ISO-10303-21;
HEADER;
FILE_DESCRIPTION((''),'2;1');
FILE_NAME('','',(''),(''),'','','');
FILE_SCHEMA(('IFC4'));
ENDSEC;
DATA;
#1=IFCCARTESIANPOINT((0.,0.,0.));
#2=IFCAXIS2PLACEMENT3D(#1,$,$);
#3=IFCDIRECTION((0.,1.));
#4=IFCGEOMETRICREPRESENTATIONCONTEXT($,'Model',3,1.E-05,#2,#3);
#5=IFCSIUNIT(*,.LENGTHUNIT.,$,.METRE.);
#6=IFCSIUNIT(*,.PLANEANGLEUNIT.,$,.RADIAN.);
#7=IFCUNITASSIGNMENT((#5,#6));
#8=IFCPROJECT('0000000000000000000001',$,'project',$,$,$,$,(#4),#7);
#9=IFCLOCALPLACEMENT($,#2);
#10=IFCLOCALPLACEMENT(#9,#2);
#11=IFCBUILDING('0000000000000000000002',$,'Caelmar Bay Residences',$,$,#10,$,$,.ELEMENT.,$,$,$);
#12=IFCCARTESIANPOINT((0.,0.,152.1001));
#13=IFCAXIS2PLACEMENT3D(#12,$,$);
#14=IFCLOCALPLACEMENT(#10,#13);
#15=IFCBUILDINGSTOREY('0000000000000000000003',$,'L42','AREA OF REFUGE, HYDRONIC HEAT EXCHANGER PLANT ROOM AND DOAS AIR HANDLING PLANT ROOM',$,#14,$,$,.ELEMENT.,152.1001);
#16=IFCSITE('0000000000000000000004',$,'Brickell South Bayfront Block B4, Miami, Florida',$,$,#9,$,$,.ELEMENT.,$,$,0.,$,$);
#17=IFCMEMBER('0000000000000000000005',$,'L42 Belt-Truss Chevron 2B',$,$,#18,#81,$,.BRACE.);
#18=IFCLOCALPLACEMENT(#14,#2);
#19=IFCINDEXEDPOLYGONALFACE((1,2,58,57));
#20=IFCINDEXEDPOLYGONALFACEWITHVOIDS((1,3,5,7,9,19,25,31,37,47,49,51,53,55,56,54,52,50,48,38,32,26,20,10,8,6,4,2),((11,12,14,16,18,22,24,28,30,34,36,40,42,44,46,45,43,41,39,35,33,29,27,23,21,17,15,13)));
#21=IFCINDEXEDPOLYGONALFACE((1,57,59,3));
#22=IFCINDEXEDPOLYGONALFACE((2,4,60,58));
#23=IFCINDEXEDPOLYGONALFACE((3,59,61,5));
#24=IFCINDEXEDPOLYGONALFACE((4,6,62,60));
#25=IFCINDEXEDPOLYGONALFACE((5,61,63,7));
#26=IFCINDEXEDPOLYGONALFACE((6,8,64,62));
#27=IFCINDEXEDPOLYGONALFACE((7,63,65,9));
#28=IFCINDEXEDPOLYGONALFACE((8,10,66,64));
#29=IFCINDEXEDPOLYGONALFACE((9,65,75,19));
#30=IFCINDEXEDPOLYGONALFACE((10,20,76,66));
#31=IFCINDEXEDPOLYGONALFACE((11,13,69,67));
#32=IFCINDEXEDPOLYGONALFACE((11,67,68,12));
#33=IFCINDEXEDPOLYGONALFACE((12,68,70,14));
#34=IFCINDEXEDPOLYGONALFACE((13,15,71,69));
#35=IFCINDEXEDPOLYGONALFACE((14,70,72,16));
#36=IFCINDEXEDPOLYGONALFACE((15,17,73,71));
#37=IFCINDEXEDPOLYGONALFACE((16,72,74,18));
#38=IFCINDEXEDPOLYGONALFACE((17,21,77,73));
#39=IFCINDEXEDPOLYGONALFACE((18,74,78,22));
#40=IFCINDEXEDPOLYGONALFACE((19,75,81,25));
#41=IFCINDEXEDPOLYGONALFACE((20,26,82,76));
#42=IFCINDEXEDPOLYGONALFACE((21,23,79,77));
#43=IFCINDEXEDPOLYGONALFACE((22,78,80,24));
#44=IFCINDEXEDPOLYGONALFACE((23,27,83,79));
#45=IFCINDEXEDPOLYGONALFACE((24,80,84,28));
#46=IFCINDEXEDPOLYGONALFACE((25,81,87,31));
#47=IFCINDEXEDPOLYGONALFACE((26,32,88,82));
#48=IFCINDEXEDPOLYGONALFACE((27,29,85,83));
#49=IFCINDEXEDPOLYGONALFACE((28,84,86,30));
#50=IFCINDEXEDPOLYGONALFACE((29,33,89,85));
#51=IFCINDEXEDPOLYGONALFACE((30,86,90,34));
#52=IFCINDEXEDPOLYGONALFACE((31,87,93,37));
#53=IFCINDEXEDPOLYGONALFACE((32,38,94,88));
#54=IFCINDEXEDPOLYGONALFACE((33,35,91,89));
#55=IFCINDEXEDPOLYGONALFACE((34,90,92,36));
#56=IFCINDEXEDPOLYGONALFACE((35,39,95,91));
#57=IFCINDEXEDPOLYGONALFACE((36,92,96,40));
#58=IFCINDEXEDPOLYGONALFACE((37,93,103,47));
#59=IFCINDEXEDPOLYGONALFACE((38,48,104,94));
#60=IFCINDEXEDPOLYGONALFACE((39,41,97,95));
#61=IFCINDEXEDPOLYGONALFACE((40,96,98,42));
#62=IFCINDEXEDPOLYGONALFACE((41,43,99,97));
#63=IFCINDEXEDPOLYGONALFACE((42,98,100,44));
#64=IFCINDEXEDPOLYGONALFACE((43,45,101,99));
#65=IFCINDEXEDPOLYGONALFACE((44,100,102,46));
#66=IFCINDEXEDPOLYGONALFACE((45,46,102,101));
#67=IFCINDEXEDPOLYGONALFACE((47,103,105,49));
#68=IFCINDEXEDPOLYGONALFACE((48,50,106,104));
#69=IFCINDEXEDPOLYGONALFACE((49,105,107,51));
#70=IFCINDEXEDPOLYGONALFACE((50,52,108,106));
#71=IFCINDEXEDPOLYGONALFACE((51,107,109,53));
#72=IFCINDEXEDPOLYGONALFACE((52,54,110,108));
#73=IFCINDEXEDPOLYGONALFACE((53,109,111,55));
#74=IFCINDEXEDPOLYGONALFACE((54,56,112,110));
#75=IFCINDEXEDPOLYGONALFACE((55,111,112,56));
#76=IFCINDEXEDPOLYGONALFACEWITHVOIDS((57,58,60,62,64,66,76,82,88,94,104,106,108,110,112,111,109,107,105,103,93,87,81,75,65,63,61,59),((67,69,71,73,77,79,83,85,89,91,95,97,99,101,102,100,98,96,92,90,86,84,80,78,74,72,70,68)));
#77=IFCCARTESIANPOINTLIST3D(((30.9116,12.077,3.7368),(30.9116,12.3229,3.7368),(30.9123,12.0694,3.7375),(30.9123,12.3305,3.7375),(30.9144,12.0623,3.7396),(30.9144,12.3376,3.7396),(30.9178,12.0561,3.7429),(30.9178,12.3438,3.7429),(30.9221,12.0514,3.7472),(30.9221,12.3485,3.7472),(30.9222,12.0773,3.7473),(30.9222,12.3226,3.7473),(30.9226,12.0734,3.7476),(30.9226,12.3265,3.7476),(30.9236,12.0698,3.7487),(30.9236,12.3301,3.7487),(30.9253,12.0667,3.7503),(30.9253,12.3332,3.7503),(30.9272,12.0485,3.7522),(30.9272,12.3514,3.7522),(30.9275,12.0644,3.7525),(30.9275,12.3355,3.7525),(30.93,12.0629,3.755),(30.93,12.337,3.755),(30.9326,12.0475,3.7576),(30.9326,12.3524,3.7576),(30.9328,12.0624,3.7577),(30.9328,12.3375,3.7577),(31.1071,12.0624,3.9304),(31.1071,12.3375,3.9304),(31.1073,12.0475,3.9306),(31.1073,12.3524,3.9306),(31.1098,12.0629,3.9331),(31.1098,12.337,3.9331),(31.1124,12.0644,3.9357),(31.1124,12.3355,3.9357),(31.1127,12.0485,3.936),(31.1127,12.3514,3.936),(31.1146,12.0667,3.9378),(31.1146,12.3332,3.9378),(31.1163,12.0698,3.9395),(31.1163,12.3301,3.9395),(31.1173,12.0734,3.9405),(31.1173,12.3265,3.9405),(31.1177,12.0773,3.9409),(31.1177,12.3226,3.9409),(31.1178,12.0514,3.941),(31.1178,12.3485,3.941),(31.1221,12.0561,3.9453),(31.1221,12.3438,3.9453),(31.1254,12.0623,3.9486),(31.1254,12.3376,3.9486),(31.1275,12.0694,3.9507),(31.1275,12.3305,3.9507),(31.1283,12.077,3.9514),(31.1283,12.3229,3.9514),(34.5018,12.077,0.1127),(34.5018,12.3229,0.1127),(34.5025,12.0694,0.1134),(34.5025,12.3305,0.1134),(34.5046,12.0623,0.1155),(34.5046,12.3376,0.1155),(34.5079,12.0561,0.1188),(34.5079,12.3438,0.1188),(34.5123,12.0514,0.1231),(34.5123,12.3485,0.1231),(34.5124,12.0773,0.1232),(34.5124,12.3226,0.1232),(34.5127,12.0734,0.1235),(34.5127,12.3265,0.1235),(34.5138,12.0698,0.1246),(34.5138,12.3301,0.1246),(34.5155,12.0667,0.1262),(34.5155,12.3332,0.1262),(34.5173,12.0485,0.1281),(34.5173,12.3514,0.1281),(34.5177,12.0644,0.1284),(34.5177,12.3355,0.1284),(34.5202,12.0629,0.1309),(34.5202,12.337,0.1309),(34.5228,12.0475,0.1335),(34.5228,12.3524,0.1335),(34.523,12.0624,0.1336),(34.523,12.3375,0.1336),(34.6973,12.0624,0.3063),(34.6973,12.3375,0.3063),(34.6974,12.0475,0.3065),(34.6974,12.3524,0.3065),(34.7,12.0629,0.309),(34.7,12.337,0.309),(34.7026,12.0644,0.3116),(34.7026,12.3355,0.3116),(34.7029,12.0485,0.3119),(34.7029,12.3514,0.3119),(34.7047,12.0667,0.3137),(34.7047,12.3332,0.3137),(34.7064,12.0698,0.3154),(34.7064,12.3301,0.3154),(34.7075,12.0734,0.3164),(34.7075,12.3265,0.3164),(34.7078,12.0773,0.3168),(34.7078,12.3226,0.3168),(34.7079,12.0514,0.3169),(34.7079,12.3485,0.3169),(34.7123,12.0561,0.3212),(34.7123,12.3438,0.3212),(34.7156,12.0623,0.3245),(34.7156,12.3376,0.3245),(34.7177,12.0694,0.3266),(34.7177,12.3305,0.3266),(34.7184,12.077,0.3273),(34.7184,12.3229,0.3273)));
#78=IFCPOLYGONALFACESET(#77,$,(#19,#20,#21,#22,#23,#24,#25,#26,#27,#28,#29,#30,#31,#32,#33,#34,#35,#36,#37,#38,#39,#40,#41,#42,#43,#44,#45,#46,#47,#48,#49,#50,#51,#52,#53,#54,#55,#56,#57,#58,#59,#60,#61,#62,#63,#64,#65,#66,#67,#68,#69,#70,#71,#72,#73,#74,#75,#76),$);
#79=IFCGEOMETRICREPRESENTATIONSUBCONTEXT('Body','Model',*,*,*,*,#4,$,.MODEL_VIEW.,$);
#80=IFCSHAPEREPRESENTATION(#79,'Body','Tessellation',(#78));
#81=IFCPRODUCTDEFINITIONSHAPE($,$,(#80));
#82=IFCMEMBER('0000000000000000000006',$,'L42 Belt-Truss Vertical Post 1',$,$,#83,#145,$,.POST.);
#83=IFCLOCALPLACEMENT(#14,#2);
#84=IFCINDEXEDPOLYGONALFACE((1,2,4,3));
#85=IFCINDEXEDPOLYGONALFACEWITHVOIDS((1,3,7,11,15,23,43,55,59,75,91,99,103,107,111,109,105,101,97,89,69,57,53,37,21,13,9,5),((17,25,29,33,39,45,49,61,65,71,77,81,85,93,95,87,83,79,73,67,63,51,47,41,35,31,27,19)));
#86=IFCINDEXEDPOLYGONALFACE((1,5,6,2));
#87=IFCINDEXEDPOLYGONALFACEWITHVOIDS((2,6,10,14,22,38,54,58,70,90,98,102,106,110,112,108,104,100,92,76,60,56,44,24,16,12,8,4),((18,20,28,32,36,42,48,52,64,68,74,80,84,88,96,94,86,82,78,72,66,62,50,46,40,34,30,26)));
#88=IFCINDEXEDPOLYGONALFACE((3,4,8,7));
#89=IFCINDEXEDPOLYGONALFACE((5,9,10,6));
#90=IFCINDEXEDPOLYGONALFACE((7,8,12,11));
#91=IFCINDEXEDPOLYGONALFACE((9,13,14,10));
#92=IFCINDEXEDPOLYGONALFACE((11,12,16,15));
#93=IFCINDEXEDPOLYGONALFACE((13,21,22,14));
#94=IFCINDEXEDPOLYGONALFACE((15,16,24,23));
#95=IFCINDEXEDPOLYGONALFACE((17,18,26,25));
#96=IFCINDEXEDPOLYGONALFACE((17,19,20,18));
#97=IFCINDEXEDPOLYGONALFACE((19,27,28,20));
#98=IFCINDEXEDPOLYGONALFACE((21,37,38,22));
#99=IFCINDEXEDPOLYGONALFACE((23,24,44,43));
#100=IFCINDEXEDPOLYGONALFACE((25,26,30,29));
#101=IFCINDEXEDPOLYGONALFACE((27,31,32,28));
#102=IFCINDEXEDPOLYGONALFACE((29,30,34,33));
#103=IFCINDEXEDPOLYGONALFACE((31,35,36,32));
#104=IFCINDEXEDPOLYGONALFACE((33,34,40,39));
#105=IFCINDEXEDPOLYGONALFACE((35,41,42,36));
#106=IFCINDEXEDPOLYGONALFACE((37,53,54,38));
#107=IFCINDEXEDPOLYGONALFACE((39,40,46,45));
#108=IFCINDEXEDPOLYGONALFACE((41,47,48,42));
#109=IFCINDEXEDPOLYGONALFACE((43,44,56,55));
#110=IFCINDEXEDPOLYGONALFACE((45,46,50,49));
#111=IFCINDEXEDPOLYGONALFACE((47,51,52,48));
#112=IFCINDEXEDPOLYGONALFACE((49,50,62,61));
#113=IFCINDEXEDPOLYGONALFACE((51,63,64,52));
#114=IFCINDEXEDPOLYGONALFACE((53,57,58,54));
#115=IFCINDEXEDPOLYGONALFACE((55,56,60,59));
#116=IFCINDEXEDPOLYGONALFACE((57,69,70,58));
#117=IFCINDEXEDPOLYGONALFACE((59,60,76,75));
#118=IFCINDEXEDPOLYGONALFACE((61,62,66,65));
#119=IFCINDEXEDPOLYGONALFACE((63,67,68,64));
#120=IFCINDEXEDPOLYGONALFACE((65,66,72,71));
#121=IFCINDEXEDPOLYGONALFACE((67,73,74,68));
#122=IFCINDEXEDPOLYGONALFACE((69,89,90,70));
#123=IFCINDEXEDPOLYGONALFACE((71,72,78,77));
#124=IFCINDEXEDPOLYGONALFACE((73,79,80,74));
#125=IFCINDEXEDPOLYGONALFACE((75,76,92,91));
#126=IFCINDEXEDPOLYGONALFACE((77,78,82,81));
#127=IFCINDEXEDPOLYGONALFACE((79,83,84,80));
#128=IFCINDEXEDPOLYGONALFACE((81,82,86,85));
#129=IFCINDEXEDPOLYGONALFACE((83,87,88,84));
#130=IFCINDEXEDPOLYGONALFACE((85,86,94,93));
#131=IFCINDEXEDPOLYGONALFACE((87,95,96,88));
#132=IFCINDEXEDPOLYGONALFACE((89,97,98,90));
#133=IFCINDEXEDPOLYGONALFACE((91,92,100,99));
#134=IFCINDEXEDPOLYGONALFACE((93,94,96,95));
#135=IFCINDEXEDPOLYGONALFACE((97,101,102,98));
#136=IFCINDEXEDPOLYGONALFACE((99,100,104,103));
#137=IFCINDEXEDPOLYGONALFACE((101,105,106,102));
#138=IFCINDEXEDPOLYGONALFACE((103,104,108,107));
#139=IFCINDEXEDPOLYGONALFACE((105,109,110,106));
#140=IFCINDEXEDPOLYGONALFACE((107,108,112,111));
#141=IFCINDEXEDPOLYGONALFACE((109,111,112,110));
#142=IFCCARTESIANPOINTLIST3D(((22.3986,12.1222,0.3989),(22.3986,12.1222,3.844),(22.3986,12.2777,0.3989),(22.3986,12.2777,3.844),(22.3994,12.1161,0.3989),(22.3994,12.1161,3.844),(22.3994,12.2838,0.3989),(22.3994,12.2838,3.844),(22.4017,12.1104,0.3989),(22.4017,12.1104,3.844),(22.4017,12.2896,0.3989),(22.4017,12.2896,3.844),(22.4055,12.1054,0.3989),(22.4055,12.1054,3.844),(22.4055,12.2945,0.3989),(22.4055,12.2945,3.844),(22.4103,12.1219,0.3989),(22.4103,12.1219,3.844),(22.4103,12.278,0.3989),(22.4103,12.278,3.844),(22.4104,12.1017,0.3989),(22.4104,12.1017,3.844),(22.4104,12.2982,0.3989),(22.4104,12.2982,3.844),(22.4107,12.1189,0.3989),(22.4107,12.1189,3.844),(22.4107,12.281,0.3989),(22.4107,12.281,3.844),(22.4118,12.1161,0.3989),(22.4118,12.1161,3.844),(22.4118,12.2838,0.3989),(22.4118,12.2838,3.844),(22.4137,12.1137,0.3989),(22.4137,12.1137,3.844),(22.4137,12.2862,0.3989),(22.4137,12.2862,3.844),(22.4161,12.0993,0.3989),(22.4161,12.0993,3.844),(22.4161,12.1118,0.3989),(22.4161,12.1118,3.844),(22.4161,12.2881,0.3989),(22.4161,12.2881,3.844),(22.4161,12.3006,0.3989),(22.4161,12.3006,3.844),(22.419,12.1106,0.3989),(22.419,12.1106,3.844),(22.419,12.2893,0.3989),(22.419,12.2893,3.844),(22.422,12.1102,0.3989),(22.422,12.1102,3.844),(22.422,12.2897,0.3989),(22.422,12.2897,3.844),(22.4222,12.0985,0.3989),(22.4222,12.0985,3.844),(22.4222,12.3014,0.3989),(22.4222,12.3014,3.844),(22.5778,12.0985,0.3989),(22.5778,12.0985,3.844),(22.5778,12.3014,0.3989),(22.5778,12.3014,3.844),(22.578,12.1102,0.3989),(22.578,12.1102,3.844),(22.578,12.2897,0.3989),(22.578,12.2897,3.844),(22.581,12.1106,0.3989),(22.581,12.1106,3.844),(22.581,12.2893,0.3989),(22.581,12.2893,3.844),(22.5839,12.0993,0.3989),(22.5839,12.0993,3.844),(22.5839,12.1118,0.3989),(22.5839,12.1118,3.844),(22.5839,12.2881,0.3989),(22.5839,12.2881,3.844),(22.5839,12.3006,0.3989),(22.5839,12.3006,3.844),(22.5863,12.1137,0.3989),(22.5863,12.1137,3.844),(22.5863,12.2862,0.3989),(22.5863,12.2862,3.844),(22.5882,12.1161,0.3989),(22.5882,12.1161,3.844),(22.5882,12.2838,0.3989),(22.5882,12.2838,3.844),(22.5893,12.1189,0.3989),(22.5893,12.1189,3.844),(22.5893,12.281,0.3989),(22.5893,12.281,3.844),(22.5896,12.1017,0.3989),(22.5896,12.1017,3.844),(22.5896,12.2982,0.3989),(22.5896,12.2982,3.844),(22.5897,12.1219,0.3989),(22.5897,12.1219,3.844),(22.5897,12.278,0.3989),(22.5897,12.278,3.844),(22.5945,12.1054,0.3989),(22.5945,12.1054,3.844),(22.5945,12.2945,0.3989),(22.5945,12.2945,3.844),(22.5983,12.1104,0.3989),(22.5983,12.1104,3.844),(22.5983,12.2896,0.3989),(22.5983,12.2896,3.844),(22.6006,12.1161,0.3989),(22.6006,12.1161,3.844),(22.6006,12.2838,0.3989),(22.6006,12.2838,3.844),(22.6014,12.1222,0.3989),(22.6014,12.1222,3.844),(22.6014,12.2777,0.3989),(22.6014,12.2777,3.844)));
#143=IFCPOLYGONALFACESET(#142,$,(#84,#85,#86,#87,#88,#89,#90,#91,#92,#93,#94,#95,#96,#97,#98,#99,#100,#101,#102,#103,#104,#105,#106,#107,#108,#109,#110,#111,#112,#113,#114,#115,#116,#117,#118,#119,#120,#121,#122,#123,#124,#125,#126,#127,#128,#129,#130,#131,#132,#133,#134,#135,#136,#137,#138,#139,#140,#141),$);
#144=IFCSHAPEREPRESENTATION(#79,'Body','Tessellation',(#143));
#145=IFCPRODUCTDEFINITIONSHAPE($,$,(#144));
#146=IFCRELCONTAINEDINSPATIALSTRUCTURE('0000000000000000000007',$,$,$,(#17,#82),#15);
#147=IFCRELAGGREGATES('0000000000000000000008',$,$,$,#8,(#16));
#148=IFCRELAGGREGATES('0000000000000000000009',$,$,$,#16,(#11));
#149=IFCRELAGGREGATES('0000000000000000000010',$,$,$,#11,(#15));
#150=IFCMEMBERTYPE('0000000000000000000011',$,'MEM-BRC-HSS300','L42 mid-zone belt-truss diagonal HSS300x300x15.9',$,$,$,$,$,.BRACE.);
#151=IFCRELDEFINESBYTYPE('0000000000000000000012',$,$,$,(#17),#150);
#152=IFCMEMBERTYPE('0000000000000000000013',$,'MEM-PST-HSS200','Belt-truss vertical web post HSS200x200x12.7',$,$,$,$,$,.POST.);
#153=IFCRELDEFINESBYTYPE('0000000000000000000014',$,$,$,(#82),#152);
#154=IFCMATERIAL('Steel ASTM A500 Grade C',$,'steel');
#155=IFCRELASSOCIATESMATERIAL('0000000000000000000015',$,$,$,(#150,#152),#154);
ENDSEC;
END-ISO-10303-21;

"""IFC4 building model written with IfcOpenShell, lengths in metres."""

from ifc_helpers import new_model, si_unit, direction, frame, origin, origin_2d, place, context, subcontext, project, spatial, hollow_rectangle, extrude, material, material_profile, profile_set, type_object, element, save


model = new_model("IFC4")

# Units and contexts
model_context = context("Model", 3, precision=1e-05, world=origin(), true_north=direction((0.0, 1.0)))
body_context = subcontext(model_context, "Body", "Model", "MODEL_VIEW")
ifc_project = project(units=[si_unit("LENGTHUNIT", "METRE"), si_unit("PLANEANGLEUNIT", "RADIAN")], contexts=[model_context])

# Site, building, storey
site_placement = place(None, origin())
site = spatial("IfcSite", under=ifc_project, at=site_placement, Name="Brickell South Bayfront Block B4, Miami, Florida", CompositionType="ELEMENT", RefElevation=0.0)
building_placement = place(site_placement, origin())
building = spatial("IfcBuilding", under=site, at=building_placement, Name="Caelmar Bay Residences", CompositionType="ELEMENT")
storey_placement = place(building_placement, frame((0.0, 0.0, 152.1001)))
storey = spatial("IfcBuildingStorey", under=building, at=storey_placement, Name="L42", Description="AREA OF REFUGE, HYDRONIC HEAT EXCHANGER PLANT ROOM AND DOAS AIR HANDLING PLANT ROOM", CompositionType="ELEMENT", Elevation=152.1001)

# Members
ifc_material_1 = material(Name="Steel ASTM A500 Grade C", Category="steel")
ifc_material_profile_1 = material_profile(ifc_material_1, hollow_rectangle(XDim=0.3049, YDim=0.3049, WallThickness=0.0149, InnerFilletRadius=0.0149, OuterFilletRadius=0.0295, at=origin_2d()), Name="HSS300X300X15.9")
ifc_profile_set_1 = profile_set([ifc_material_profile_1], Name="Steel ASTM A500 Grade C")
member_type_1 = type_object("IfcMemberType", Name="MEM-BRC-HSS300", Description="L42 mid-zone belt-truss diagonal HSS300x300x15.9", PredefinedType="BRACE", material=ifc_profile_set_1)
for number, where, z_axis, x_axis, name in (
    (1, (34.6101, 12.2, 0.22), (-0.703773, 0.0, 0.710425), (0.0, -1.0, 0.0), "L42 Belt-Truss Chevron 2B"),
):
    element("IfcMember", number, at=place(storey_placement, frame(where, z_axis=z_axis, x_axis=x_axis)), inside=storey, type_object=member_type_1, Name=name, PredefinedType="BRACE", context=body_context, shape_type="SweptSolid", body=[
        extrude(hollow_rectangle(XDim=0.3049, YDim=0.3049, WallThickness=0.0149, InnerFilletRadius=0.0149, OuterFilletRadius=0.0295, at=origin_2d()), origin(), (0.0, 0.0, 1.0), 5.1013),
    ])
ifc_material_profile_2 = material_profile(ifc_material_1, hollow_rectangle(XDim=0.2029, YDim=0.2029, WallThickness=0.0117, InnerFilletRadius=0.0117, OuterFilletRadius=0.0237, at=origin_2d()), Name="HSS200X200X12.7")
ifc_profile_set_2 = profile_set([ifc_material_profile_2], Name="Steel ASTM A500 Grade C")
member_type_2 = type_object("IfcMemberType", Name="MEM-PST-HSS200", Description="Belt-truss vertical web post HSS200x200x12.7", PredefinedType="POST", material=ifc_profile_set_2)
for number, where, z_axis, x_axis, name in (
    (2, (22.5, 12.2, 0.3989), (0.0, 0.0, 1.0), (1.0, 0.0, 0.0), "L42 Belt-Truss Vertical Post 1"),
):
    element("IfcMember", number, at=place(storey_placement, frame(where, z_axis=z_axis, x_axis=x_axis)), inside=storey, type_object=member_type_2, Name=name, PredefinedType="POST", context=body_context, shape_type="SweptSolid", body=[
        extrude(hollow_rectangle(XDim=0.2029, YDim=0.2029, WallThickness=0.0117, InnerFilletRadius=0.0117, OuterFilletRadius=0.0237, at=origin_2d()), origin(), (0.0, 0.0, 1.0), 3.4451),
    ])

save(model, "model.ifc")
